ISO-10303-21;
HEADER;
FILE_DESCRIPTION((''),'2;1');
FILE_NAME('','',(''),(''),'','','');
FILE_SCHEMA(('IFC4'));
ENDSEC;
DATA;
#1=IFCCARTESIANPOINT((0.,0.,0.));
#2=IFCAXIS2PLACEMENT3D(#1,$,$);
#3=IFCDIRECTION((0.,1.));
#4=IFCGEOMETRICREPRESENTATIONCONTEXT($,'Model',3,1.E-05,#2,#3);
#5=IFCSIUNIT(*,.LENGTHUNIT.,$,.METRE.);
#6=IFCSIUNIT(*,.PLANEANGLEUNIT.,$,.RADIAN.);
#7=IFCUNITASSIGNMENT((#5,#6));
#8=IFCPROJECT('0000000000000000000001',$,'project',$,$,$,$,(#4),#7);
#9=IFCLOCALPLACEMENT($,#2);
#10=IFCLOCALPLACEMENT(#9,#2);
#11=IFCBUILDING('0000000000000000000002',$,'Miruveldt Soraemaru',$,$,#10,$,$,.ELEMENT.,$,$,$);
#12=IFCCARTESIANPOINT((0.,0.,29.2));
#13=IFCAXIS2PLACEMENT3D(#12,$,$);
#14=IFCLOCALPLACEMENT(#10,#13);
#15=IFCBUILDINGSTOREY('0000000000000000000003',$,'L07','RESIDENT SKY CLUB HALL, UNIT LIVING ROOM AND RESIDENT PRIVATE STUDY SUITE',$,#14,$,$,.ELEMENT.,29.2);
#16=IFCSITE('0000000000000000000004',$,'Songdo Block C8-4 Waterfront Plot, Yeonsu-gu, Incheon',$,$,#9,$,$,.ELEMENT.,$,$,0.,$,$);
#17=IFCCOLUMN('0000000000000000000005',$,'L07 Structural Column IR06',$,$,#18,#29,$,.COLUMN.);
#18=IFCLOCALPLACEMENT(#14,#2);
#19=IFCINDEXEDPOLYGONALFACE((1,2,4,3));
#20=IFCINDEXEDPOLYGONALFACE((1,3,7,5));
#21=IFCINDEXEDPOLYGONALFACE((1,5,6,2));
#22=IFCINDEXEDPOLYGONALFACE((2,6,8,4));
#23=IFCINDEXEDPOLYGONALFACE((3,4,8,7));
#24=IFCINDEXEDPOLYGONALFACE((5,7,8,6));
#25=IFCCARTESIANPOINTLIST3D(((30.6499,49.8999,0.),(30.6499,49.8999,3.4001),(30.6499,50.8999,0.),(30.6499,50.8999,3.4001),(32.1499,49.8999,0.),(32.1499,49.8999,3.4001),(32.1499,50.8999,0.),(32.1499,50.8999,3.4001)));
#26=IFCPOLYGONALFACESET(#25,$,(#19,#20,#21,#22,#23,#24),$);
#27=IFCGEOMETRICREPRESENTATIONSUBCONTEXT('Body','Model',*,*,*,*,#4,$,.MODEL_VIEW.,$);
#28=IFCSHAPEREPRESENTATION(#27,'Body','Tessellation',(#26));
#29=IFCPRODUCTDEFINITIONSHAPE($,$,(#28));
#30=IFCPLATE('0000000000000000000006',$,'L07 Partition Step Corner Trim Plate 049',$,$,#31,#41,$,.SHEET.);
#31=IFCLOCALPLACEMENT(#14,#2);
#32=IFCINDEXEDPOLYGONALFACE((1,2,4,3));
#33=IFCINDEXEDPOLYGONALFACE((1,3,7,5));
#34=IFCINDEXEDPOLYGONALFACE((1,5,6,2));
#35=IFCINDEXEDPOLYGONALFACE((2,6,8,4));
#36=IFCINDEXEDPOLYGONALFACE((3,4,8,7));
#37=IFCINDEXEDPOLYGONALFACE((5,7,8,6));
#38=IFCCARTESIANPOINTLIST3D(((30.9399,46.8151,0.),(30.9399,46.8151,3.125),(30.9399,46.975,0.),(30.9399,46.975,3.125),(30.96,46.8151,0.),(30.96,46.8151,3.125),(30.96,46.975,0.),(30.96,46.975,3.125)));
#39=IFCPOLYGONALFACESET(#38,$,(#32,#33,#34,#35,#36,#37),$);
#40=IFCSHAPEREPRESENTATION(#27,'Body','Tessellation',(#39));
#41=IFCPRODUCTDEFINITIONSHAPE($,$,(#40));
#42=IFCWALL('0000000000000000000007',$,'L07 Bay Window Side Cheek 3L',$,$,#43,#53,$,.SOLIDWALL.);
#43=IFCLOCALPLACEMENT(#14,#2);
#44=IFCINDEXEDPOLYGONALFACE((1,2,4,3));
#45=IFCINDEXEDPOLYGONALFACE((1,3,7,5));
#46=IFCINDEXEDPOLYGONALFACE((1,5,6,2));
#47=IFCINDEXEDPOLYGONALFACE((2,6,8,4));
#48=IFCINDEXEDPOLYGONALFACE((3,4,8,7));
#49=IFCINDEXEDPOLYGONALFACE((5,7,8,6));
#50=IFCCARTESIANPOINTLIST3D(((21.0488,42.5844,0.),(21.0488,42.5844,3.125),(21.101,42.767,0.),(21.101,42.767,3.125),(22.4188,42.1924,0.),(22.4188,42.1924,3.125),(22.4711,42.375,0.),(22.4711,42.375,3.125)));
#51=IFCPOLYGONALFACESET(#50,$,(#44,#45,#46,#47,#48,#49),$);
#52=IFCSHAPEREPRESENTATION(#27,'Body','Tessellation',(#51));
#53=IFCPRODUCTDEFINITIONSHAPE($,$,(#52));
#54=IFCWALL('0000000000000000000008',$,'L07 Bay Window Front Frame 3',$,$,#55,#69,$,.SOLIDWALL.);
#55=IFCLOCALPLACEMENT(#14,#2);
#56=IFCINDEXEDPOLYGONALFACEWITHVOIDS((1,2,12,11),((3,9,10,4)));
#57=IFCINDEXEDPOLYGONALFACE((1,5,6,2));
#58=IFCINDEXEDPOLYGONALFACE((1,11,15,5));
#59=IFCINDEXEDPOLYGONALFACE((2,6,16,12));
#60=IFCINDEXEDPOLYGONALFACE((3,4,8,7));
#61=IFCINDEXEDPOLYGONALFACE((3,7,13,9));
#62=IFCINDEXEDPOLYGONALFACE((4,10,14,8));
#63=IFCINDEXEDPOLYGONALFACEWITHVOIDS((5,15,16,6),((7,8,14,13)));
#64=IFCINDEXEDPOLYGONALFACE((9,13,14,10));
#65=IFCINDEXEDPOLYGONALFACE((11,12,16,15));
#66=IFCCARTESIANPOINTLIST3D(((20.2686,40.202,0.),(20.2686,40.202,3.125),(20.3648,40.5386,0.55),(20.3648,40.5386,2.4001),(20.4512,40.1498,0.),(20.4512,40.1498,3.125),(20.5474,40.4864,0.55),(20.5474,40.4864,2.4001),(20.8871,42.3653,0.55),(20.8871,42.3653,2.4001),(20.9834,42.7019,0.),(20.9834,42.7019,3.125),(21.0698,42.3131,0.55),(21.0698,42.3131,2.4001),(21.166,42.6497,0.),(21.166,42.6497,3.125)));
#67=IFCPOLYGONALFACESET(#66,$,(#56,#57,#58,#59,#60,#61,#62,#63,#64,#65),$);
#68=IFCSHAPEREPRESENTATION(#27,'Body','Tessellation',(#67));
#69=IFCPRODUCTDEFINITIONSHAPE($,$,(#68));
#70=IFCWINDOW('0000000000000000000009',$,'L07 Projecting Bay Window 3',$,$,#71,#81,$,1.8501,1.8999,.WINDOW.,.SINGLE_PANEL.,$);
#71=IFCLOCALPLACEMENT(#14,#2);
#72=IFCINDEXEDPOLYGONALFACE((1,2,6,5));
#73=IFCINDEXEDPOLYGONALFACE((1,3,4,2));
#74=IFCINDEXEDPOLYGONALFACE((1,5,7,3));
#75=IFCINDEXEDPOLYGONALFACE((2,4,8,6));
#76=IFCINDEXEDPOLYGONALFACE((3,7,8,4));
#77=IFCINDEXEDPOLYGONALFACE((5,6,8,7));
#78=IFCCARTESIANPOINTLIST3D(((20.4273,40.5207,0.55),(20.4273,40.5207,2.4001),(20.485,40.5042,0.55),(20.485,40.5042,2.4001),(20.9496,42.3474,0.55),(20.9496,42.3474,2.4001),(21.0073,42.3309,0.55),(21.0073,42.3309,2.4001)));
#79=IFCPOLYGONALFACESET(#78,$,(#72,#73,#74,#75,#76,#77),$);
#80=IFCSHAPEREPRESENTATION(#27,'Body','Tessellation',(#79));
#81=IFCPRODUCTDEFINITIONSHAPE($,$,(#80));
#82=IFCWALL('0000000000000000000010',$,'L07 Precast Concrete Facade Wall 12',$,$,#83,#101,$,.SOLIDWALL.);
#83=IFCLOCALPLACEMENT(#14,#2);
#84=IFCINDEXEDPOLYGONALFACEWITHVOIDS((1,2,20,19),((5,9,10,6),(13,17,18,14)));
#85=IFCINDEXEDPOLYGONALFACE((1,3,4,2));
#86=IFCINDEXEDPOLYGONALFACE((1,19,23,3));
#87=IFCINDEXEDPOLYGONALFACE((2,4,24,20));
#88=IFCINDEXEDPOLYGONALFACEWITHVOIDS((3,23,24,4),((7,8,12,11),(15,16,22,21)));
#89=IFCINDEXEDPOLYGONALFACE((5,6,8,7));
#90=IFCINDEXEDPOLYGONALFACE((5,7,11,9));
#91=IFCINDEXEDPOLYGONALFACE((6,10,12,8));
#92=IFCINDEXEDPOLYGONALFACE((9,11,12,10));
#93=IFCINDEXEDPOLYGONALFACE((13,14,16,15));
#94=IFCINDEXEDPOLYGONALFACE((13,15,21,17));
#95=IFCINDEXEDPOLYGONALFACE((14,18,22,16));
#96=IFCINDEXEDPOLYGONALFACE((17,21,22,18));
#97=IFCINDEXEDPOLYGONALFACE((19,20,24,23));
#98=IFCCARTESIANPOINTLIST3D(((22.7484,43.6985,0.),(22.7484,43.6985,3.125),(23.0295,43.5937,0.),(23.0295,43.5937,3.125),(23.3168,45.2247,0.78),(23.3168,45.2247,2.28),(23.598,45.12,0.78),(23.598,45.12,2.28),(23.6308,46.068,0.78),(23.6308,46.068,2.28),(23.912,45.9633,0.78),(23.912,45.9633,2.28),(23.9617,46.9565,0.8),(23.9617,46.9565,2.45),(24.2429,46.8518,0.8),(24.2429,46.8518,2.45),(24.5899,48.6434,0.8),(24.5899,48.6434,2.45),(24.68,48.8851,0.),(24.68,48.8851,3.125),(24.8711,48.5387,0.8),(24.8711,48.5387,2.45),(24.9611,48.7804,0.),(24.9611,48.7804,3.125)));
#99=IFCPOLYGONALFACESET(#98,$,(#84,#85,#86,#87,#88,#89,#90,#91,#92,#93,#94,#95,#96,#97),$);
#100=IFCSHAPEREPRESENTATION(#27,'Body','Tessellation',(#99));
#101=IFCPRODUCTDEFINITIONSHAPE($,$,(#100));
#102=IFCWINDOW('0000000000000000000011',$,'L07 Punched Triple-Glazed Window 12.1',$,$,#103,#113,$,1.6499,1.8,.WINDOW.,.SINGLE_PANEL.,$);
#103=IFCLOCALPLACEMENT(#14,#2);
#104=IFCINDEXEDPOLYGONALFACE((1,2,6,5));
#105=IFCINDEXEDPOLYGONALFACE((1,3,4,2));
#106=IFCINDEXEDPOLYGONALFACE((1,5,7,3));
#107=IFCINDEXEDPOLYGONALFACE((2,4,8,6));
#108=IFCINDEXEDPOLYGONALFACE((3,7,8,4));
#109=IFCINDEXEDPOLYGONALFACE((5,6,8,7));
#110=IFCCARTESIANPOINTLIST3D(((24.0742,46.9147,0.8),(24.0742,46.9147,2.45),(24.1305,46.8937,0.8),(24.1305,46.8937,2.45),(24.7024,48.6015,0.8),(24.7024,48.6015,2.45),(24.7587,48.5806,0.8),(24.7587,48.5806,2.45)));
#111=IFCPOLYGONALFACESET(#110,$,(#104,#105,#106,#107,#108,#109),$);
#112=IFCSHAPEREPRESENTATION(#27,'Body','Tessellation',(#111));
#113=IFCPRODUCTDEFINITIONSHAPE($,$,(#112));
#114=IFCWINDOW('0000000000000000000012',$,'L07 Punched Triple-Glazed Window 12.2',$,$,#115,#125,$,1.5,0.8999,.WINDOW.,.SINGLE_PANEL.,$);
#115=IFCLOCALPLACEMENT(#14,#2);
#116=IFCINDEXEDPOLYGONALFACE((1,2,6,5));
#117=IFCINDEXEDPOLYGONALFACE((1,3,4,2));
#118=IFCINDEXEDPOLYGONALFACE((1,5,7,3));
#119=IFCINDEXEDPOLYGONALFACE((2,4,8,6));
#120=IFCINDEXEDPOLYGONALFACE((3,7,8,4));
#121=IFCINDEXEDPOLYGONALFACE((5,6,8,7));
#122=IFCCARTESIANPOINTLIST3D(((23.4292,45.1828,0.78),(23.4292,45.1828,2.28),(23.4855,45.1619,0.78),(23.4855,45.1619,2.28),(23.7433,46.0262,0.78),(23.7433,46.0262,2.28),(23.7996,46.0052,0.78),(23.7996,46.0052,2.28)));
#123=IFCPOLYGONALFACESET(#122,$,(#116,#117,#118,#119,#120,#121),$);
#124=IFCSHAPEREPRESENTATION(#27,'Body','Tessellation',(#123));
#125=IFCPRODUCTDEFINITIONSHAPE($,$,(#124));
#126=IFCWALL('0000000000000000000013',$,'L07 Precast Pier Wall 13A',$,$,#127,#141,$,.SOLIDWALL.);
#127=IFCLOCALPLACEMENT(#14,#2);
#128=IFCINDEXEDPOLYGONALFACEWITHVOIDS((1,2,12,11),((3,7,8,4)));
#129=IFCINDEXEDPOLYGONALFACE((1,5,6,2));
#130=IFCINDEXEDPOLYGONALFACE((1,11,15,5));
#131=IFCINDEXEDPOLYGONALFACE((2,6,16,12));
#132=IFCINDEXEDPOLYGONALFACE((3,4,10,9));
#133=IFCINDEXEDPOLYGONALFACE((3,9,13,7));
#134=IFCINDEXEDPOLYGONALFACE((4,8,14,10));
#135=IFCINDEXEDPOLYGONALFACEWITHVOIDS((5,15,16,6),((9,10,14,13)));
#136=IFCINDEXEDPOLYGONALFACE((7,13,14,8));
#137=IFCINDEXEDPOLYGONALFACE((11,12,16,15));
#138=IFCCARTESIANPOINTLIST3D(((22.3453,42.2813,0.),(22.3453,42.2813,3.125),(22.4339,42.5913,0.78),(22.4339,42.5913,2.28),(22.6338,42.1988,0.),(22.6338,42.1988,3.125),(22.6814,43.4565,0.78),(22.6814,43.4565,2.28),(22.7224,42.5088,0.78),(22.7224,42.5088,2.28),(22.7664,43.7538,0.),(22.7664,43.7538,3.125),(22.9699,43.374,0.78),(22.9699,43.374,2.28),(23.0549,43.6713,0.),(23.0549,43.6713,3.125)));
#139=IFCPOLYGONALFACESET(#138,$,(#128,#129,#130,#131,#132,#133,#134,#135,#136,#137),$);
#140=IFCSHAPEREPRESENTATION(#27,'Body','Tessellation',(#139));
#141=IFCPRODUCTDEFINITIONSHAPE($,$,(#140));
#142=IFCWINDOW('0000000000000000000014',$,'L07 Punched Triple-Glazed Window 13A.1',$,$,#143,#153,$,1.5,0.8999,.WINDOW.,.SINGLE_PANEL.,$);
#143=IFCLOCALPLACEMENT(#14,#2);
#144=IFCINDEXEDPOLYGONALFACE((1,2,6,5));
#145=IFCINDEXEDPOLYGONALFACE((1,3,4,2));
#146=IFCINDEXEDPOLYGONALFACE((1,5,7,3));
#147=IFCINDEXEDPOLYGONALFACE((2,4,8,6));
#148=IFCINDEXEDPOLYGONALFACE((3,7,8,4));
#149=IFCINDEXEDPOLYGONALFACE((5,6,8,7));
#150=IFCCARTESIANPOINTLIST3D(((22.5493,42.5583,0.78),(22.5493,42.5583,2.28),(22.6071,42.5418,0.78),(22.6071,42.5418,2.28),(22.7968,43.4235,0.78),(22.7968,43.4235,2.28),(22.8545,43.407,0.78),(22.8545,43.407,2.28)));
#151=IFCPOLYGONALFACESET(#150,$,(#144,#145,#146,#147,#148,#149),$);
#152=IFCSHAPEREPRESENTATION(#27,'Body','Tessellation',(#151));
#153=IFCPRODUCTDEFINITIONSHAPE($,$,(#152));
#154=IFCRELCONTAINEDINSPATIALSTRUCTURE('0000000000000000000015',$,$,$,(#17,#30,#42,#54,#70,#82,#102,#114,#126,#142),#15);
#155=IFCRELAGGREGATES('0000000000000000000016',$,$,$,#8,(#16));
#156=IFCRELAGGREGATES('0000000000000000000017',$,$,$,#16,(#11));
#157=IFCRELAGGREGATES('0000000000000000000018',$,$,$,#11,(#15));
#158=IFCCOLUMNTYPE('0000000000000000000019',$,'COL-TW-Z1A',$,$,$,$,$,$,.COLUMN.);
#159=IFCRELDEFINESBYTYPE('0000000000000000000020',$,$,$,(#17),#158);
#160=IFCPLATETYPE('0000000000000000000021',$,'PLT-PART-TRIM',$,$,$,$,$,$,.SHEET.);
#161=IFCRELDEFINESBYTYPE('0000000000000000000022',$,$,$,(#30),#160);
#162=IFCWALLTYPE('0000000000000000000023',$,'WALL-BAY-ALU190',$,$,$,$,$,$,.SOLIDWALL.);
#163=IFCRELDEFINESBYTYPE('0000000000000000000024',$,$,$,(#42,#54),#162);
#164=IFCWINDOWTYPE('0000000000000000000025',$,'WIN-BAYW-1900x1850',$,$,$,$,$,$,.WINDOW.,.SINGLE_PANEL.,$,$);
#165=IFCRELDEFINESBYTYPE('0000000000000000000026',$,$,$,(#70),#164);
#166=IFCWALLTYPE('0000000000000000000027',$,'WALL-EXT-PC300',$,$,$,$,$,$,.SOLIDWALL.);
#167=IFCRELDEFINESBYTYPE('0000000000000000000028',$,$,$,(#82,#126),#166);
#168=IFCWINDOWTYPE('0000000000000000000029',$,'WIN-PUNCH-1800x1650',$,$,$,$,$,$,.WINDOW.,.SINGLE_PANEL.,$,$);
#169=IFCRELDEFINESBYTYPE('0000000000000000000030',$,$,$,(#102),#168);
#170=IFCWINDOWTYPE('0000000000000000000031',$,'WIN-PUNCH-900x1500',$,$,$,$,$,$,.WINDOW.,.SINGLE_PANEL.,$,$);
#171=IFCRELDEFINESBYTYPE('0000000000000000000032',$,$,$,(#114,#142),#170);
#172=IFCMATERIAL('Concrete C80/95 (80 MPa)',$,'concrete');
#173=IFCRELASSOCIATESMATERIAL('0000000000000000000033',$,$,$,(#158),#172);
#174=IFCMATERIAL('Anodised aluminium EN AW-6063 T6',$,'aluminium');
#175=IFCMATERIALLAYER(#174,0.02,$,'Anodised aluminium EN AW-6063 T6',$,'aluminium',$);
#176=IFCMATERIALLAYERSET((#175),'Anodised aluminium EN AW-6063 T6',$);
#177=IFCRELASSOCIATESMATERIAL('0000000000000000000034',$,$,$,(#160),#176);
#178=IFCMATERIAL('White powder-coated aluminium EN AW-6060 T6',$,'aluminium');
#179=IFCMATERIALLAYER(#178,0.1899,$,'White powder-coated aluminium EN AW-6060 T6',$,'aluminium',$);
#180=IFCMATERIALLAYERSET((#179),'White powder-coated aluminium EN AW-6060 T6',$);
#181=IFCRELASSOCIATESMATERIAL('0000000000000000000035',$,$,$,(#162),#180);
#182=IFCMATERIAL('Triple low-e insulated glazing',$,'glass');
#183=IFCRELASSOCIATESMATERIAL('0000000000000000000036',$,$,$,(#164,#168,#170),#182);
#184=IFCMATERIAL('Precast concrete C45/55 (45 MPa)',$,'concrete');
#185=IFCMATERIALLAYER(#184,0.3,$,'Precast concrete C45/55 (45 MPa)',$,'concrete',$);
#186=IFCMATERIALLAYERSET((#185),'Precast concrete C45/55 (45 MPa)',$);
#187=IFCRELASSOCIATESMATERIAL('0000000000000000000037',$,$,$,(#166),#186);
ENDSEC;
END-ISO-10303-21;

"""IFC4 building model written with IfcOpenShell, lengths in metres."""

from ifc_helpers import new_model, si_unit, direction, frame, frame_2d, origin, origin_2d, place, context, subcontext, project, spatial, rectangle, extrude, material, layer, layer_set, material_profile, profile_set, type_object, element, fill, save


model = new_model("IFC4")

# Units and contexts
model_context = context("Model", 3, precision=1e-05, world=origin(), true_north=direction((0.0, 1.0)))
body_context = subcontext(model_context, "Body", "Model", "MODEL_VIEW")
ifc_project = project(units=[si_unit("LENGTHUNIT", "METRE"), si_unit("PLANEANGLEUNIT", "RADIAN")], contexts=[model_context])

# Site, building, storey
site_placement = place(None, origin())
site = spatial("IfcSite", under=ifc_project, at=site_placement, Name="Songdo Block C8-4 Waterfront Plot, Yeonsu-gu, Incheon", CompositionType="ELEMENT", RefElevation=0.0)
building_placement = place(site_placement, origin())
building = spatial("IfcBuilding", under=site, at=building_placement, Name="Miruveldt Soraemaru", CompositionType="ELEMENT")
storey_placement = place(building_placement, frame((0.0, 0.0, 29.2)))
storey = spatial("IfcBuildingStorey", under=building, at=storey_placement, Name="L07", Description="RESIDENT SKY CLUB HALL, UNIT LIVING ROOM AND RESIDENT PRIVATE STUDY SUITE", CompositionType="ELEMENT", Elevation=29.2)

# Column
ifc_material_1 = material(Name="Concrete C80/95 (80 MPa)", Category="concrete")
ifc_material_profile = material_profile(ifc_material_1, rectangle(XDim=1.5, YDim=1.0, at=origin_2d()), Name="Concrete C80/95 (80 MPa)", Category="concrete")
ifc_profile_set = profile_set([ifc_material_profile], Name="Concrete C80/95 (80 MPa)")
column_type = type_object("IfcColumnType", Name="COL-TW-Z1A", PredefinedType="COLUMN", material=ifc_profile_set)
column_placement = place(storey_placement, frame((31.3999, 50.3999, 0.0), z_axis=(0.0, 0.0, 1.0), x_axis=(1.0, 0.0, 0.0)))
element("IfcColumn", 1, at=column_placement, inside=storey, type_object=column_type, Name="L07 Structural Column IR06", PredefinedType="COLUMN", context=body_context, shape_type="SweptSolid", body=[
    extrude(rectangle(XDim=1.5, YDim=1.0, at=origin_2d()), origin(), (0.0, 0.0, 1.0), 3.4001),
])

# Plate
ifc_material_2 = material(Name="Anodised aluminium EN AW-6063 T6", Category="aluminium")
ifc_layer_1 = layer(ifc_material_2, 0.02, Name="Anodised aluminium EN AW-6063 T6", Category="aluminium")
ifc_layer_set_1 = layer_set([ifc_layer_1], Name="Anodised aluminium EN AW-6063 T6")
plate_type = type_object("IfcPlateType", Name="PLT-PART-TRIM", PredefinedType="SHEET", material=ifc_layer_set_1)
plate_placement = place(storey_placement, frame((30.95, 46.895, 0.0), z_axis=(0.0, 0.0, 1.0), x_axis=(0.0, -1.0, 0.0)))
element("IfcPlate", 2, at=plate_placement, inside=storey, type_object=plate_type, Name="L07 Partition Step Corner Trim Plate 049", PredefinedType="SHEET", context=body_context, shape_type="SweptSolid", body=[
    extrude(rectangle(XDim=0.1599, YDim=0.02, at=origin_2d()), origin(), (0.0, 0.0, 1.0), 3.125),
])

# Wall
ifc_material_3 = material(Name="White powder-coated aluminium EN AW-6060 T6", Category="aluminium")
ifc_layer_2 = layer(ifc_material_3, 0.1899, Name="White powder-coated aluminium EN AW-6060 T6", Category="aluminium")
ifc_layer_set_2 = layer_set([ifc_layer_2], Name="White powder-coated aluminium EN AW-6060 T6")
wall_type_1 = type_object("IfcWallType", Name="WALL-BAY-ALU190", PredefinedType="SOLIDWALL", material=ifc_layer_set_2)
wall_1_placement = place(storey_placement, frame((22.4448, 42.2837, 0.0), z_axis=(0.0, 0.0, 1.0), x_axis=(-0.961407, 0.275128, 0.0)))
element("IfcWall", 3, at=wall_1_placement, inside=storey, type_object=wall_type_1, Name="L07 Bay Window Side Cheek 3L", PredefinedType="SOLIDWALL", context=body_context, shape_type="SweptSolid", body=[
    extrude(rectangle(XDim=1.425, YDim=0.1899, at=frame_2d((0.7124, 0.0))), origin(), (0.0, 0.0, 1.0), 3.125),
])

# Wall, opening, window
wall_2_placement = place(storey_placement, frame((21.0747, 42.6758, 0.0), z_axis=(0.0, 0.0, 1.0), x_axis=(-0.27492, -0.961467, 0.0)))
wall_2 = element("IfcWall", 4, at=wall_2_placement, inside=storey, type_object=wall_type_1, Name="L07 Bay Window Front Frame 3", PredefinedType="SOLIDWALL", context=body_context, shape_type="SweptSolid", body=[
    extrude(rectangle(XDim=2.6001, YDim=0.1899, at=frame_2d((1.3, 0.0))), origin(), (0.0, 0.0, 1.0), 3.125),
])
opening_1_placement = place(wall_2_placement, frame((0.3501, 0.0, 0.55)))
opening_1 = element("IfcOpeningElement", 5, at=opening_1_placement, cuts=wall_2, PredefinedType="OPENING", context=body_context, shape_type="SweptSolid", body=[
    extrude(rectangle(XDim=1.8999, YDim=1.8501, at=frame_2d((0.95, 0.925))), frame((0.0, 0.105, 0.0), z_axis=(0.0, -1.0, 0.0), x_axis=(1.0, 0.0, 0.0)), (0.0, 0.0, 1.0), 0.21),
])
ifc_material_4 = material(Name="Triple low-e insulated glazing", Category="glass")
window_type_1 = type_object("IfcWindowType", Name="WIN-BAYW-1900x1850", PartitioningType="SINGLE_PANEL", PredefinedType="WINDOW", material=ifc_material_4)
window_1_placement = place(opening_1_placement, origin())
window_1 = element("IfcWindow", 6, at=window_1_placement, inside=storey, type_object=window_type_1, Name="L07 Projecting Bay Window 3", OverallHeight=1.8501, OverallWidth=1.8999, PartitioningType="SINGLE_PANEL", PredefinedType="WINDOW", context=body_context, shape_type="SweptSolid", body=[
    extrude(rectangle(XDim=1.8999, YDim=1.8501, at=frame_2d((0.95, 0.925))), frame((0.0, 0.03, 0.0), z_axis=(0.0, -1.0, 0.0), x_axis=(1.0, 0.0, 0.0)), (0.0, 0.0, 1.0), 0.0601),
])
fill(opening_1, window_1)

# Wall, openings, windows
ifc_material_5 = material(Name="Precast concrete C45/55 (45 MPa)", Category="concrete")
ifc_layer_3 = layer(ifc_material_5, 0.3, Name="Precast concrete C45/55 (45 MPa)", Category="concrete")
ifc_layer_set_3 = layer_set([ifc_layer_3], Name="Precast concrete C45/55 (45 MPa)")
wall_type_2 = type_object("IfcWallType", Name="WALL-EXT-PC300", PredefinedType="SOLIDWALL", material=ifc_layer_set_3)
wall_3_placement = place(storey_placement, frame((24.8206, 48.8328, 0.0), z_axis=(0.0, 0.0, 1.0), x_axis=(-0.349, -0.937123, 0.0)))
wall_3 = element("IfcWall", 7, at=wall_3_placement, inside=storey, type_object=wall_type_2, Name="L07 Precast Concrete Facade Wall 12", PredefinedType="SOLIDWALL", context=body_context, shape_type="SweptSolid", body=[
    extrude(rectangle(XDim=5.5347, YDim=0.3, at=frame_2d((2.7673, 0.0))), origin(), (0.0, 0.0, 1.0), 3.125),
])
opening_2_placement = place(wall_3_placement, frame((0.2581, 0.0, 0.8)))
opening_2 = element("IfcOpeningElement", 8, at=opening_2_placement, cuts=wall_3, PredefinedType="OPENING", context=body_context, shape_type="SweptSolid", body=[
    extrude(rectangle(XDim=1.8, YDim=1.6499, at=frame_2d((0.8999, 0.825))), frame((0.0, 0.1602, 0.0), z_axis=(0.0, -1.0, 0.0), x_axis=(1.0, 0.0, 0.0)), (0.0, 0.0, 1.0), 0.3201),
])
opening_3_placement = place(wall_3_placement, frame((3.0061, 0.0, 0.78)))
opening_3 = element("IfcOpeningElement", 9, at=opening_3_placement, cuts=wall_3, PredefinedType="OPENING", context=body_context, shape_type="SweptSolid", body=[
    extrude(rectangle(XDim=0.8999, YDim=1.5, at=frame_2d((0.45, 0.75))), frame((0.0, 0.1602, 0.0), z_axis=(0.0, -1.0, 0.0), x_axis=(1.0, 0.0, 0.0)), (0.0, 0.0, 1.0), 0.3201),
])
window_type_2 = type_object("IfcWindowType", Name="WIN-PUNCH-1800x1650", PartitioningType="SINGLE_PANEL", PredefinedType="WINDOW", material=ifc_material_4)
window_2_placement = place(opening_2_placement, origin())
window_2 = element("IfcWindow", 10, at=window_2_placement, inside=storey, type_object=window_type_2, Name="L07 Punched Triple-Glazed Window 12.1", OverallHeight=1.6499, OverallWidth=1.8, PartitioningType="SINGLE_PANEL", PredefinedType="WINDOW", context=body_context, shape_type="SweptSolid", body=[
    extrude(rectangle(XDim=1.8, YDim=1.6499, at=frame_2d((0.8999, 0.825))), frame((0.0, 0.03, 0.0), z_axis=(0.0, -1.0, 0.0), x_axis=(1.0, 0.0, 0.0)), (0.0, 0.0, 1.0), 0.0601),
])
fill(opening_2, window_2)
window_type_3 = type_object("IfcWindowType", Name="WIN-PUNCH-900x1500", PartitioningType="SINGLE_PANEL", PredefinedType="WINDOW", material=ifc_material_4)
window_3_placement = place(opening_3_placement, origin())
window_3 = element("IfcWindow", 11, at=window_3_placement, inside=storey, type_object=window_type_3, Name="L07 Punched Triple-Glazed Window 12.2", OverallHeight=1.5, OverallWidth=0.8999, PartitioningType="SINGLE_PANEL", PredefinedType="WINDOW", context=body_context, shape_type="SweptSolid", body=[
    extrude(rectangle(XDim=0.8999, YDim=1.5, at=frame_2d((0.45, 0.75))), frame((0.0, 0.03, 0.0), z_axis=(0.0, -1.0, 0.0), x_axis=(1.0, 0.0, 0.0)), (0.0, 0.0, 1.0), 0.0601),
])
fill(opening_3, window_3)

# Wall, opening, window
wall_4_placement = place(storey_placement, frame((22.9106, 43.7124, 0.0), z_axis=(0.0, 0.0, 1.0), x_axis=(-0.274995, -0.961446, 0.0)))
wall_4 = element("IfcWall", 12, at=wall_4_placement, inside=storey, type_object=wall_type_2, Name="L07 Precast Pier Wall 13A", PredefinedType="SOLIDWALL", context=body_context, shape_type="SweptSolid", body=[
    extrude(rectangle(XDim=1.5315, YDim=0.3, at=frame_2d((0.7656, 0.0))), origin(), (0.0, 0.0, 1.0), 3.125),
])
opening_4_placement = place(wall_4_placement, frame((0.3091, 0.0, 0.78)))
opening_4 = element("IfcOpeningElement", 13, at=opening_4_placement, cuts=wall_4, PredefinedType="OPENING", context=body_context, shape_type="SweptSolid", body=[
    extrude(rectangle(XDim=0.8999, YDim=1.5, at=frame_2d((0.45, 0.75))), frame((0.0, 0.1602, 0.0), z_axis=(0.0, -1.0, 0.0), x_axis=(1.0, 0.0, 0.0)), (0.0, 0.0, 1.0), 0.3201),
])
window_4_placement = place(opening_4_placement, origin())
window_4 = element("IfcWindow", 14, at=window_4_placement, inside=storey, type_object=window_type_3, Name="L07 Punched Triple-Glazed Window 13A.1", OverallHeight=1.5, OverallWidth=0.8999, PartitioningType="SINGLE_PANEL", PredefinedType="WINDOW", context=body_context, shape_type="SweptSolid", body=[
    extrude(rectangle(XDim=0.8999, YDim=1.5, at=frame_2d((0.45, 0.75))), frame((0.0, 0.03, 0.0), z_axis=(0.0, -1.0, 0.0), x_axis=(1.0, 0.0, 0.0)), (0.0, 0.0, 1.0), 0.0601),
])
fill(opening_4, window_4)

save(model, "model.ifc")
